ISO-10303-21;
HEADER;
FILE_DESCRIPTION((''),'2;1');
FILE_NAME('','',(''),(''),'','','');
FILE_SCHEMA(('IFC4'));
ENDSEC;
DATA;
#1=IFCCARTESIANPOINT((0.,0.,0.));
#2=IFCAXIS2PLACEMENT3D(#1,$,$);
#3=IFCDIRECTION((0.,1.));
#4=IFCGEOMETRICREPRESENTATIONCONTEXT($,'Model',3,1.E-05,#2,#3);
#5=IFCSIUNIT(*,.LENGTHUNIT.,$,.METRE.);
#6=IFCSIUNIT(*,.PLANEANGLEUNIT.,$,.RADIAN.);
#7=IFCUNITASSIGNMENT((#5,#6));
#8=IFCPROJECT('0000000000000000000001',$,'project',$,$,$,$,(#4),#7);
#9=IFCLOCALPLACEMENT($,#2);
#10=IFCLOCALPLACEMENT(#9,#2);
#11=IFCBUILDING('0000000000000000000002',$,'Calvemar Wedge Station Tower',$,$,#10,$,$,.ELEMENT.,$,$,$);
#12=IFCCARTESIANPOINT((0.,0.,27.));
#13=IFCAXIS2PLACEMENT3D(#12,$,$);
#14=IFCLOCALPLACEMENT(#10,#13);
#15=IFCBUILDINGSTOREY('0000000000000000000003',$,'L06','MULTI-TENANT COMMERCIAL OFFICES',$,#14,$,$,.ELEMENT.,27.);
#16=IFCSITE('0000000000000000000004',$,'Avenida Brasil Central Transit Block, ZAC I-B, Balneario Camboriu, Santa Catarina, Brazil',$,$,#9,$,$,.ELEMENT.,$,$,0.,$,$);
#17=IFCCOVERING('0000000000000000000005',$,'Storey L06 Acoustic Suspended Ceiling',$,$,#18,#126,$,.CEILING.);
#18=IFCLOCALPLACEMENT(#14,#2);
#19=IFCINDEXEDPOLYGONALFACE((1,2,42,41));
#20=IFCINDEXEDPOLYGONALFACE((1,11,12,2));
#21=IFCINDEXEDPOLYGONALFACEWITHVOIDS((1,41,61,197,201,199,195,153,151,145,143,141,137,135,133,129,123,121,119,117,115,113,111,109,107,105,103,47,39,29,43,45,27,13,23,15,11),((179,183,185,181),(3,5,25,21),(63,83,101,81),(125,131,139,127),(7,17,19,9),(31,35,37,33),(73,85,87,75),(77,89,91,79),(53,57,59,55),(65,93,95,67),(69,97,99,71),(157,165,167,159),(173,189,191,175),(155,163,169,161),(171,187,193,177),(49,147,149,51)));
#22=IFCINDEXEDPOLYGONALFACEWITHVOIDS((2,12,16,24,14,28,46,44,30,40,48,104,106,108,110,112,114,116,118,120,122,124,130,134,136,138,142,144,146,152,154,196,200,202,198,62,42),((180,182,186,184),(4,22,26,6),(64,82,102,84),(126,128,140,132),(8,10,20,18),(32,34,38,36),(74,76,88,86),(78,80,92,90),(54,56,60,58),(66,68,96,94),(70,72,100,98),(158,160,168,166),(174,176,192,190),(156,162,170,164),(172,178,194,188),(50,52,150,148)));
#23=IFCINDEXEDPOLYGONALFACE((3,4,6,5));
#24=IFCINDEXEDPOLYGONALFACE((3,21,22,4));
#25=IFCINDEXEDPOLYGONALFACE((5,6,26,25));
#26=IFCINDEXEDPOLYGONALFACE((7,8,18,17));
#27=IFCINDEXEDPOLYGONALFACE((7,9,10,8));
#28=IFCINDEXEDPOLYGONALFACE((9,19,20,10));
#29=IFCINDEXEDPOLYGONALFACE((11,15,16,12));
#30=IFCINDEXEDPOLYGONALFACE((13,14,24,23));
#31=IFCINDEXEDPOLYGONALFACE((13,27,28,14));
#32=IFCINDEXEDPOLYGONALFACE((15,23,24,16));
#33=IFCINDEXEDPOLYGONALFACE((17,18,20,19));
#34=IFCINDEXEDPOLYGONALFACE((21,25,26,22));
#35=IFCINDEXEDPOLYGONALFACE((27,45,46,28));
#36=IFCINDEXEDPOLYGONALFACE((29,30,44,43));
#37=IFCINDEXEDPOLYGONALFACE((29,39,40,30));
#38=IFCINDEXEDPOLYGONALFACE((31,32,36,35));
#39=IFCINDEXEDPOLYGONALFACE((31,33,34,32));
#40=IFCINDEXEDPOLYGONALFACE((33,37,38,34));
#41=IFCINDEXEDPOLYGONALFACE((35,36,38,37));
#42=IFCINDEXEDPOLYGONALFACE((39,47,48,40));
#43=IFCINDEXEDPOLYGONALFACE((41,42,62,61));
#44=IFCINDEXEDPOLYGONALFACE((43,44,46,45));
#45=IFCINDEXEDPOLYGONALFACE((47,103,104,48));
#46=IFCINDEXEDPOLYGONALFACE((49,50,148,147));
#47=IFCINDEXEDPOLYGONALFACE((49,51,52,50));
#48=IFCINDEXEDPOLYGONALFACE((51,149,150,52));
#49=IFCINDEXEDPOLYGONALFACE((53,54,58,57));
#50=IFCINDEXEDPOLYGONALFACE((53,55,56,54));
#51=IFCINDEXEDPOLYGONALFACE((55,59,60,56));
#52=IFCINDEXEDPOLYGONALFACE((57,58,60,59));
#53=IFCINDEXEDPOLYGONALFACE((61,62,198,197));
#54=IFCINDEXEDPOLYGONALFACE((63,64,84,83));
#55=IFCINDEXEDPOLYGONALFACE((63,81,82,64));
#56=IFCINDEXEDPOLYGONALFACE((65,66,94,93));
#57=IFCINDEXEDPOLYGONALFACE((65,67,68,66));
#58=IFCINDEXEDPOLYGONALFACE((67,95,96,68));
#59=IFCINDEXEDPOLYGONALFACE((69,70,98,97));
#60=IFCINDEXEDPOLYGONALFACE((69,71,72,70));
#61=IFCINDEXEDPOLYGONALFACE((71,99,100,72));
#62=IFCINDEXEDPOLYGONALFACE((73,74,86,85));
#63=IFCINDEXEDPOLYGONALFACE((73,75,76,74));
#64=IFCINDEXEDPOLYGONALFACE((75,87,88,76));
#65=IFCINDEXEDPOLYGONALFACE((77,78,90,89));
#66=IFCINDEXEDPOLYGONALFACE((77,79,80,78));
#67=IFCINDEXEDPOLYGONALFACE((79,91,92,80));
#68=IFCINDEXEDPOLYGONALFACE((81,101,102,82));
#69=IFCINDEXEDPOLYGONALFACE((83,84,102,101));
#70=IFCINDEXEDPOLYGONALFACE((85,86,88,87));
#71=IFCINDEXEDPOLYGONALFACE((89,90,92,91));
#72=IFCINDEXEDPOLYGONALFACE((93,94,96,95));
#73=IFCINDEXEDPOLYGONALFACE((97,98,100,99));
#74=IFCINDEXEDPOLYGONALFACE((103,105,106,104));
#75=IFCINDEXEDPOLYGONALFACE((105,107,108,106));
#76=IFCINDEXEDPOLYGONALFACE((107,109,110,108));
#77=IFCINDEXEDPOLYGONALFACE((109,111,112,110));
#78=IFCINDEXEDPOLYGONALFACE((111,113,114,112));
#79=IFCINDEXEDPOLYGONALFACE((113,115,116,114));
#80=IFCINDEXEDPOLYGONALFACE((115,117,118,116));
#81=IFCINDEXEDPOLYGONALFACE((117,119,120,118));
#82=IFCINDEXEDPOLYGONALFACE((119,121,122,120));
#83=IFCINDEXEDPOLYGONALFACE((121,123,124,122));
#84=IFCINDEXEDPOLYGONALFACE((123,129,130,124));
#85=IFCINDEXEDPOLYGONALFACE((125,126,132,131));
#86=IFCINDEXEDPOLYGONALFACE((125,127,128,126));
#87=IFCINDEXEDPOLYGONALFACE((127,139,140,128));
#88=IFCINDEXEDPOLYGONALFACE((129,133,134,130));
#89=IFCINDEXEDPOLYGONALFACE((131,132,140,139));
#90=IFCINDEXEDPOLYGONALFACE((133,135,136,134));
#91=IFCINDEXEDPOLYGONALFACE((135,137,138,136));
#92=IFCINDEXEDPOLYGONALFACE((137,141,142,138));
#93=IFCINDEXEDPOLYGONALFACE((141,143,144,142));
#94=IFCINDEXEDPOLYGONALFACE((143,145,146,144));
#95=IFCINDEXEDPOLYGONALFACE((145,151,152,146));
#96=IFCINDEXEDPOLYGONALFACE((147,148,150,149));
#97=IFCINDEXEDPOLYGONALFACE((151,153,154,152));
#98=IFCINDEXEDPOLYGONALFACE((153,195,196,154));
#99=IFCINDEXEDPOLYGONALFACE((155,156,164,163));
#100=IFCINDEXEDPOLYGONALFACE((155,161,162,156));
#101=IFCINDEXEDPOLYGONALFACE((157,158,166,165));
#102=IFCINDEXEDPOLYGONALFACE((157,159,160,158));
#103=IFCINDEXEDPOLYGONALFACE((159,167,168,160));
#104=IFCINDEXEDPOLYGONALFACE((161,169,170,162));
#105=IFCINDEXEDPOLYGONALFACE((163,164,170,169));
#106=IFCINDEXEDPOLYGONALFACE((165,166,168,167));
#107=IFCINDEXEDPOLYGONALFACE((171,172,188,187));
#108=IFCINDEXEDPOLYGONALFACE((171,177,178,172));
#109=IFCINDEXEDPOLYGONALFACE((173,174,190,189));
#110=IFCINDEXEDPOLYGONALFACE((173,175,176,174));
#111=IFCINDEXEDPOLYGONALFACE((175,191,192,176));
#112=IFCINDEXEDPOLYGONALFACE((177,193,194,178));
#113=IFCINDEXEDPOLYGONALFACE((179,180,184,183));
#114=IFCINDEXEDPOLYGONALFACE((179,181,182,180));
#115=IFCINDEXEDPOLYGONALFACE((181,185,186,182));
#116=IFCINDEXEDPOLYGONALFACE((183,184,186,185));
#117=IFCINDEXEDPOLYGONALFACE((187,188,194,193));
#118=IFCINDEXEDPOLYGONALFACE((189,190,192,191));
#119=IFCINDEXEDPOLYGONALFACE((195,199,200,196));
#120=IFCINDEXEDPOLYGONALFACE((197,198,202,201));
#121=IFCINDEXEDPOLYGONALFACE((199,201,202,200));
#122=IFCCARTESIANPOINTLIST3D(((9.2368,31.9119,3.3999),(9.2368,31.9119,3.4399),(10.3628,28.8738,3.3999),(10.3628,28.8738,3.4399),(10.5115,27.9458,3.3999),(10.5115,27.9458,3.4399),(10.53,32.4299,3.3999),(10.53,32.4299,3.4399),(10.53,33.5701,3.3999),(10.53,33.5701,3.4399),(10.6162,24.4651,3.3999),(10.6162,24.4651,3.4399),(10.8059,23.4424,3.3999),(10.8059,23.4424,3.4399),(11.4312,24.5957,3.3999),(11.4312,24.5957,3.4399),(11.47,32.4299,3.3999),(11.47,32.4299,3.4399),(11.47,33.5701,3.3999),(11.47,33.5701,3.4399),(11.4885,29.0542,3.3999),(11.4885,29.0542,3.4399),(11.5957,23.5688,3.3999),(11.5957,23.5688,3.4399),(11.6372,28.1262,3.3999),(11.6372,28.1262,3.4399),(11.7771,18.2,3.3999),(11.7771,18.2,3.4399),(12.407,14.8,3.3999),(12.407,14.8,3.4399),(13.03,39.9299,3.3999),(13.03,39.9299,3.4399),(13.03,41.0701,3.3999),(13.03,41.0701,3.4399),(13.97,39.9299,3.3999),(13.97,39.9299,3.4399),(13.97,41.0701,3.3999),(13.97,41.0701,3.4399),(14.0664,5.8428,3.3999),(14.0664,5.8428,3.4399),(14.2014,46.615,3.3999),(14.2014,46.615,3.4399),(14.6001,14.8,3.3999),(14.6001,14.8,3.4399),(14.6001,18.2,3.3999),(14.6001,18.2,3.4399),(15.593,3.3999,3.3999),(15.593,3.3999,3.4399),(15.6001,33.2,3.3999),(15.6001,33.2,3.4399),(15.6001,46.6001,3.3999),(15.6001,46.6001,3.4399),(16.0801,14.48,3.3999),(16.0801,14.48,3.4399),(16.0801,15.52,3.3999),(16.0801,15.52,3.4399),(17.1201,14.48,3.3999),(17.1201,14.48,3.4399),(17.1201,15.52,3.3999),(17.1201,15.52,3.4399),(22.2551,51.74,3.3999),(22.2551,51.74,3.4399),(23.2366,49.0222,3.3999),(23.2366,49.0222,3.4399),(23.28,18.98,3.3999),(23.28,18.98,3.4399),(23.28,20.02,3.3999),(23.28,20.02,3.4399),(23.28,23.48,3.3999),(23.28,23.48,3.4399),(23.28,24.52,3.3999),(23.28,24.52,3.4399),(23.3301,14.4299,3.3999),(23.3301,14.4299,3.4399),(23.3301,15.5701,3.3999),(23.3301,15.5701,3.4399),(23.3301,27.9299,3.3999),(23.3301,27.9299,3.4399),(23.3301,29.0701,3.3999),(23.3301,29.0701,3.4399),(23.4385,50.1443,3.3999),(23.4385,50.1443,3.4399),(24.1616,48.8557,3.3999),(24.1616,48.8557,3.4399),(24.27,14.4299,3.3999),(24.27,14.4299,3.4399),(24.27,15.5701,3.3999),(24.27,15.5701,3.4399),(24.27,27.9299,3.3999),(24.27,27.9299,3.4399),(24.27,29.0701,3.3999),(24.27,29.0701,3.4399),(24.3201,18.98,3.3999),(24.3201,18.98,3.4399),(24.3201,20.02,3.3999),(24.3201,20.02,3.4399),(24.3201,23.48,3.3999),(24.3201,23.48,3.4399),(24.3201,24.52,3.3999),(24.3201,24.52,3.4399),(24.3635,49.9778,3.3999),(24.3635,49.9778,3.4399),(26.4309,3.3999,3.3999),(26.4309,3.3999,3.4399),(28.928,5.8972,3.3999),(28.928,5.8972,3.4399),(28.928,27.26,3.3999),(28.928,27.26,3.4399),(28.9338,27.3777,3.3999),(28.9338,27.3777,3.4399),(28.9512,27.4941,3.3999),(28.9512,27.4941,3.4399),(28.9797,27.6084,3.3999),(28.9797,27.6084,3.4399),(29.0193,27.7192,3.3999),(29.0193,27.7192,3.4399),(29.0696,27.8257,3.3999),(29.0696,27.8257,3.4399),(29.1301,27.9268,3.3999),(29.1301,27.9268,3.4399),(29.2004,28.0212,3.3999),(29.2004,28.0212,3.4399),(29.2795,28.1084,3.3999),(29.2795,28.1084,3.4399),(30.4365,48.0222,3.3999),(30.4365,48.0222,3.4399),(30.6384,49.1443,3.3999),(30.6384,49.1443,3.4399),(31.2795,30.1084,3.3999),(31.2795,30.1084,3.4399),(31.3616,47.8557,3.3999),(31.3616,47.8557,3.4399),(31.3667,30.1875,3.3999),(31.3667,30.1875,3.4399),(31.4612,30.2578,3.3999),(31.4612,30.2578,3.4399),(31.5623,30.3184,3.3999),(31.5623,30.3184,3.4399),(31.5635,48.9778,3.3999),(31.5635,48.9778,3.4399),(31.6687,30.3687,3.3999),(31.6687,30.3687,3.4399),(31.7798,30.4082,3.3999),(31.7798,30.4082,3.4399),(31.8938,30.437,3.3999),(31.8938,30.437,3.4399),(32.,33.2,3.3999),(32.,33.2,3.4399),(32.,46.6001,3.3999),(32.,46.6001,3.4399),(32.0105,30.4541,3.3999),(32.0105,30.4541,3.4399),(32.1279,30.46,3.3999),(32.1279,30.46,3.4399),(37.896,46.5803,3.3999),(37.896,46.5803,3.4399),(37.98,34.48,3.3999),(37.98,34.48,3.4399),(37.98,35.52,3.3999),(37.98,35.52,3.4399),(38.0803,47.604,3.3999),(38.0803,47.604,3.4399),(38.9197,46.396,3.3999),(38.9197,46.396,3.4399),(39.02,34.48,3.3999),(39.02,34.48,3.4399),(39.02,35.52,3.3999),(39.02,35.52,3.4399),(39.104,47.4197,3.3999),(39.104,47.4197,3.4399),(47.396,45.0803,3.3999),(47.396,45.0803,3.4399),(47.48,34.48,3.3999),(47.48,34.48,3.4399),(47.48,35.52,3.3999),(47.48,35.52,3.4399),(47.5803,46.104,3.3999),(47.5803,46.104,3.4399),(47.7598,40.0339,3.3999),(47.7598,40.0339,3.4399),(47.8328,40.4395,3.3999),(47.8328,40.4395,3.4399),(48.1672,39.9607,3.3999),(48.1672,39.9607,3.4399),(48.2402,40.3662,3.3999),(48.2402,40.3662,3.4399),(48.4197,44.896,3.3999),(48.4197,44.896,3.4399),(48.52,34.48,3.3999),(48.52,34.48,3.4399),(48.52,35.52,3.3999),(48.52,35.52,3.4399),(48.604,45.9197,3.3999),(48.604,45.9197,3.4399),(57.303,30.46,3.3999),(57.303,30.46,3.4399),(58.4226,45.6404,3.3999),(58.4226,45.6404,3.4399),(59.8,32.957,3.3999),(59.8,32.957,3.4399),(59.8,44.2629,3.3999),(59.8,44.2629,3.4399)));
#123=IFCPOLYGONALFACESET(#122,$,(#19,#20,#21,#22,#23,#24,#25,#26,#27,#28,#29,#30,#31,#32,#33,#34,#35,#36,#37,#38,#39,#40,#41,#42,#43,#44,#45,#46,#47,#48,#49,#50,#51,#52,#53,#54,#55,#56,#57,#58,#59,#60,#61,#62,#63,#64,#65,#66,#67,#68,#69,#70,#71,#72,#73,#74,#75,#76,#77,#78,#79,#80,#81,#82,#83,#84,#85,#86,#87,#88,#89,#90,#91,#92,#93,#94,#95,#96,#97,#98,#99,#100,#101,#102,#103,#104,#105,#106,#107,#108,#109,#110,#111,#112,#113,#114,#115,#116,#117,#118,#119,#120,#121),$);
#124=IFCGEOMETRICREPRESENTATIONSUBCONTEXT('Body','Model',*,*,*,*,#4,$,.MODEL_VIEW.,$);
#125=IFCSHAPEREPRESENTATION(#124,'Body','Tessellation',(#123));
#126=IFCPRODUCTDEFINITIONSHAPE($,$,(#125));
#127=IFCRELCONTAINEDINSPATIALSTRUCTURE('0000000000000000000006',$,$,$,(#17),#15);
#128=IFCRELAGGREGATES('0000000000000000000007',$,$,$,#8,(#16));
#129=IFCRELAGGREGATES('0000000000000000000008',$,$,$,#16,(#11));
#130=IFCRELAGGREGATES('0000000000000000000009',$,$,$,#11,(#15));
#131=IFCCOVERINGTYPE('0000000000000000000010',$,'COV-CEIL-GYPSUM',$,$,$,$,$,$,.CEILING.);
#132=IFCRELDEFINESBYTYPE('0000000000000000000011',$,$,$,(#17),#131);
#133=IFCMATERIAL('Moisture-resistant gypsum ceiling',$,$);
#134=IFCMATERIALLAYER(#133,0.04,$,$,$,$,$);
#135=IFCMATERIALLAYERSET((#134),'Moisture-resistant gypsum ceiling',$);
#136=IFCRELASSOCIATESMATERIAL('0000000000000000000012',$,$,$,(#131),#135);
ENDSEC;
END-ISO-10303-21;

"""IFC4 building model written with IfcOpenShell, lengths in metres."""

from ifc_helpers import new_model, si_unit, direction, frame, origin, place, context, subcontext, project, spatial, polyline, outline, extrude, material, layer, layer_set, type_object, element, save


model = new_model("IFC4")

# Units and contexts
model_context = context("Model", 3, precision=1e-05, world=origin(), true_north=direction((0.0, 1.0)))
body_context = subcontext(model_context, "Body", "Model", "MODEL_VIEW")
ifc_project = project(units=[si_unit("LENGTHUNIT", "METRE"), si_unit("PLANEANGLEUNIT", "RADIAN")], contexts=[model_context])

# Site, building, storey
site_placement = place(None, origin())
site = spatial("IfcSite", under=ifc_project, at=site_placement, Name="Avenida Brasil Central Transit Block, ZAC I-B, Balneario Camboriu, Santa Catarina, Brazil", CompositionType="ELEMENT", RefElevation=0.0)
building_placement = place(site_placement, origin())
building = spatial("IfcBuilding", under=site, at=building_placement, Name="Calvemar Wedge Station Tower", CompositionType="ELEMENT")
storey_placement = place(building_placement, frame((0.0, 0.0, 27.0)))
storey = spatial("IfcBuildingStorey", under=building, at=storey_placement, Name="L06", Description="MULTI-TENANT COMMERCIAL OFFICES", CompositionType="ELEMENT", Elevation=27.0)

# Covering
ifc_material_1 = material(Name="Moisture-resistant gypsum ceiling")
ifc_layer_1 = layer(ifc_material_1, 0.04)
ifc_layer_set_1 = layer_set([ifc_layer_1], Name="Moisture-resistant gypsum ceiling")
covering_type_1 = type_object("IfcCoveringType", Name="COV-CEIL-GYPSUM", PredefinedType="CEILING", material=ifc_layer_set_1)
covering_1_placement = place(storey_placement, frame((0.0, 0.0, 3.3999)))
element("IfcCovering", 1, at=covering_1_placement, inside=storey, type_object=covering_type_1, Name="Storey L06 Acoustic Suspended Ceiling", PredefinedType="CEILING", context=body_context, shape_type="SweptSolid", body=[
    extrude(outline(polyline([(29.2795, 28.1084), (31.2795, 30.1084), (31.3667, 30.1875), (31.4612, 30.2578), (31.5623, 30.3184), (31.6687, 30.3687), (31.7798, 30.4082), (31.8938, 30.437), (32.0105, 30.4541), (32.1279, 30.46), (57.303, 30.46), (59.8, 32.957), (59.8, 44.2629), (58.4226, 45.6404), (22.2551, 51.74), (14.2014, 46.615), (9.2368, 31.9119), (10.6162, 24.4651), (11.4312, 24.5957), (11.5957, 23.5688), (10.8059, 23.4424), (11.7771, 18.2), (14.6001, 18.2), (14.6001, 14.8), (12.407, 14.8), (14.0664, 5.8428), (15.593, 3.3999), (26.4309, 3.3999), (28.928, 5.8972), (28.928, 27.26), (28.9338, 27.3777), (28.9512, 27.4941), (28.9797, 27.6084), (29.0193, 27.7192), (29.0696, 27.8257), (29.1301, 27.9268), (29.2004, 28.0212), (29.2795, 28.1084)]), holes=[polyline([(15.6001, 46.6001), (32.0, 46.6001), (32.0, 33.2), (15.6001, 33.2), (15.6001, 46.6001)]), polyline([(10.53, 32.4299), (10.53, 33.5701), (11.47, 33.5701), (11.47, 32.4299), (10.53, 32.4299)]), polyline([(13.03, 41.0701), (13.97, 41.0701), (13.97, 39.9299), (13.03, 39.9299), (13.03, 41.0701)]), polyline([(24.3635, 49.9778), (24.1616, 48.8557), (23.2366, 49.0222), (23.4385, 50.1443), (24.3635, 49.9778)]), polyline([(31.3616, 47.8557), (30.4365, 48.0222), (30.6384, 49.1443), (31.5635, 48.9778), (31.3616, 47.8557)]), polyline([(37.896, 46.5803), (38.0803, 47.604), (39.104, 47.4197), (38.9197, 46.396), (37.896, 46.5803)]), polyline([(47.5803, 46.104), (48.604, 45.9197), (48.4197, 44.896), (47.396, 45.0803), (47.5803, 46.104)]), polyline([(39.02, 35.52), (39.02, 34.48), (37.98, 34.48), (37.98, 35.52), (39.02, 35.52)]), polyline([(48.52, 34.48), (47.48, 34.48), (47.48, 35.52), (48.52, 35.52), (48.52, 34.48)]), polyline([(47.7598, 40.0339), (47.8328, 40.4395), (48.2402, 40.3662), (48.1672, 39.9607), (47.7598, 40.0339)]), polyline([(11.4885, 29.0542), (11.6372, 28.1262), (10.5115, 27.9458), (10.3628, 28.8738), (11.4885, 29.0542)]), polyline([(24.27, 27.9299), (23.3301, 27.9299), (23.3301, 29.0701), (24.27, 29.0701), (24.27, 27.9299)]), polyline([(23.28, 23.48), (23.28, 24.52), (24.3201, 24.52), (24.3201, 23.48), (23.28, 23.48)]), polyline([(23.28, 20.02), (24.3201, 20.02), (24.3201, 18.98), (23.28, 18.98), (23.28, 20.02)]), polyline([(24.27, 15.5701), (24.27, 14.4299), (23.3301, 14.4299), (23.3301, 15.5701), (24.27, 15.5701)]), polyline([(17.1201, 14.48), (16.0801, 14.48), (16.0801, 15.52), (17.1201, 15.52), (17.1201, 14.48)])]), origin(), (0.0, 0.0, 1.0), 0.04),
])

save(model, "model.ifc")
